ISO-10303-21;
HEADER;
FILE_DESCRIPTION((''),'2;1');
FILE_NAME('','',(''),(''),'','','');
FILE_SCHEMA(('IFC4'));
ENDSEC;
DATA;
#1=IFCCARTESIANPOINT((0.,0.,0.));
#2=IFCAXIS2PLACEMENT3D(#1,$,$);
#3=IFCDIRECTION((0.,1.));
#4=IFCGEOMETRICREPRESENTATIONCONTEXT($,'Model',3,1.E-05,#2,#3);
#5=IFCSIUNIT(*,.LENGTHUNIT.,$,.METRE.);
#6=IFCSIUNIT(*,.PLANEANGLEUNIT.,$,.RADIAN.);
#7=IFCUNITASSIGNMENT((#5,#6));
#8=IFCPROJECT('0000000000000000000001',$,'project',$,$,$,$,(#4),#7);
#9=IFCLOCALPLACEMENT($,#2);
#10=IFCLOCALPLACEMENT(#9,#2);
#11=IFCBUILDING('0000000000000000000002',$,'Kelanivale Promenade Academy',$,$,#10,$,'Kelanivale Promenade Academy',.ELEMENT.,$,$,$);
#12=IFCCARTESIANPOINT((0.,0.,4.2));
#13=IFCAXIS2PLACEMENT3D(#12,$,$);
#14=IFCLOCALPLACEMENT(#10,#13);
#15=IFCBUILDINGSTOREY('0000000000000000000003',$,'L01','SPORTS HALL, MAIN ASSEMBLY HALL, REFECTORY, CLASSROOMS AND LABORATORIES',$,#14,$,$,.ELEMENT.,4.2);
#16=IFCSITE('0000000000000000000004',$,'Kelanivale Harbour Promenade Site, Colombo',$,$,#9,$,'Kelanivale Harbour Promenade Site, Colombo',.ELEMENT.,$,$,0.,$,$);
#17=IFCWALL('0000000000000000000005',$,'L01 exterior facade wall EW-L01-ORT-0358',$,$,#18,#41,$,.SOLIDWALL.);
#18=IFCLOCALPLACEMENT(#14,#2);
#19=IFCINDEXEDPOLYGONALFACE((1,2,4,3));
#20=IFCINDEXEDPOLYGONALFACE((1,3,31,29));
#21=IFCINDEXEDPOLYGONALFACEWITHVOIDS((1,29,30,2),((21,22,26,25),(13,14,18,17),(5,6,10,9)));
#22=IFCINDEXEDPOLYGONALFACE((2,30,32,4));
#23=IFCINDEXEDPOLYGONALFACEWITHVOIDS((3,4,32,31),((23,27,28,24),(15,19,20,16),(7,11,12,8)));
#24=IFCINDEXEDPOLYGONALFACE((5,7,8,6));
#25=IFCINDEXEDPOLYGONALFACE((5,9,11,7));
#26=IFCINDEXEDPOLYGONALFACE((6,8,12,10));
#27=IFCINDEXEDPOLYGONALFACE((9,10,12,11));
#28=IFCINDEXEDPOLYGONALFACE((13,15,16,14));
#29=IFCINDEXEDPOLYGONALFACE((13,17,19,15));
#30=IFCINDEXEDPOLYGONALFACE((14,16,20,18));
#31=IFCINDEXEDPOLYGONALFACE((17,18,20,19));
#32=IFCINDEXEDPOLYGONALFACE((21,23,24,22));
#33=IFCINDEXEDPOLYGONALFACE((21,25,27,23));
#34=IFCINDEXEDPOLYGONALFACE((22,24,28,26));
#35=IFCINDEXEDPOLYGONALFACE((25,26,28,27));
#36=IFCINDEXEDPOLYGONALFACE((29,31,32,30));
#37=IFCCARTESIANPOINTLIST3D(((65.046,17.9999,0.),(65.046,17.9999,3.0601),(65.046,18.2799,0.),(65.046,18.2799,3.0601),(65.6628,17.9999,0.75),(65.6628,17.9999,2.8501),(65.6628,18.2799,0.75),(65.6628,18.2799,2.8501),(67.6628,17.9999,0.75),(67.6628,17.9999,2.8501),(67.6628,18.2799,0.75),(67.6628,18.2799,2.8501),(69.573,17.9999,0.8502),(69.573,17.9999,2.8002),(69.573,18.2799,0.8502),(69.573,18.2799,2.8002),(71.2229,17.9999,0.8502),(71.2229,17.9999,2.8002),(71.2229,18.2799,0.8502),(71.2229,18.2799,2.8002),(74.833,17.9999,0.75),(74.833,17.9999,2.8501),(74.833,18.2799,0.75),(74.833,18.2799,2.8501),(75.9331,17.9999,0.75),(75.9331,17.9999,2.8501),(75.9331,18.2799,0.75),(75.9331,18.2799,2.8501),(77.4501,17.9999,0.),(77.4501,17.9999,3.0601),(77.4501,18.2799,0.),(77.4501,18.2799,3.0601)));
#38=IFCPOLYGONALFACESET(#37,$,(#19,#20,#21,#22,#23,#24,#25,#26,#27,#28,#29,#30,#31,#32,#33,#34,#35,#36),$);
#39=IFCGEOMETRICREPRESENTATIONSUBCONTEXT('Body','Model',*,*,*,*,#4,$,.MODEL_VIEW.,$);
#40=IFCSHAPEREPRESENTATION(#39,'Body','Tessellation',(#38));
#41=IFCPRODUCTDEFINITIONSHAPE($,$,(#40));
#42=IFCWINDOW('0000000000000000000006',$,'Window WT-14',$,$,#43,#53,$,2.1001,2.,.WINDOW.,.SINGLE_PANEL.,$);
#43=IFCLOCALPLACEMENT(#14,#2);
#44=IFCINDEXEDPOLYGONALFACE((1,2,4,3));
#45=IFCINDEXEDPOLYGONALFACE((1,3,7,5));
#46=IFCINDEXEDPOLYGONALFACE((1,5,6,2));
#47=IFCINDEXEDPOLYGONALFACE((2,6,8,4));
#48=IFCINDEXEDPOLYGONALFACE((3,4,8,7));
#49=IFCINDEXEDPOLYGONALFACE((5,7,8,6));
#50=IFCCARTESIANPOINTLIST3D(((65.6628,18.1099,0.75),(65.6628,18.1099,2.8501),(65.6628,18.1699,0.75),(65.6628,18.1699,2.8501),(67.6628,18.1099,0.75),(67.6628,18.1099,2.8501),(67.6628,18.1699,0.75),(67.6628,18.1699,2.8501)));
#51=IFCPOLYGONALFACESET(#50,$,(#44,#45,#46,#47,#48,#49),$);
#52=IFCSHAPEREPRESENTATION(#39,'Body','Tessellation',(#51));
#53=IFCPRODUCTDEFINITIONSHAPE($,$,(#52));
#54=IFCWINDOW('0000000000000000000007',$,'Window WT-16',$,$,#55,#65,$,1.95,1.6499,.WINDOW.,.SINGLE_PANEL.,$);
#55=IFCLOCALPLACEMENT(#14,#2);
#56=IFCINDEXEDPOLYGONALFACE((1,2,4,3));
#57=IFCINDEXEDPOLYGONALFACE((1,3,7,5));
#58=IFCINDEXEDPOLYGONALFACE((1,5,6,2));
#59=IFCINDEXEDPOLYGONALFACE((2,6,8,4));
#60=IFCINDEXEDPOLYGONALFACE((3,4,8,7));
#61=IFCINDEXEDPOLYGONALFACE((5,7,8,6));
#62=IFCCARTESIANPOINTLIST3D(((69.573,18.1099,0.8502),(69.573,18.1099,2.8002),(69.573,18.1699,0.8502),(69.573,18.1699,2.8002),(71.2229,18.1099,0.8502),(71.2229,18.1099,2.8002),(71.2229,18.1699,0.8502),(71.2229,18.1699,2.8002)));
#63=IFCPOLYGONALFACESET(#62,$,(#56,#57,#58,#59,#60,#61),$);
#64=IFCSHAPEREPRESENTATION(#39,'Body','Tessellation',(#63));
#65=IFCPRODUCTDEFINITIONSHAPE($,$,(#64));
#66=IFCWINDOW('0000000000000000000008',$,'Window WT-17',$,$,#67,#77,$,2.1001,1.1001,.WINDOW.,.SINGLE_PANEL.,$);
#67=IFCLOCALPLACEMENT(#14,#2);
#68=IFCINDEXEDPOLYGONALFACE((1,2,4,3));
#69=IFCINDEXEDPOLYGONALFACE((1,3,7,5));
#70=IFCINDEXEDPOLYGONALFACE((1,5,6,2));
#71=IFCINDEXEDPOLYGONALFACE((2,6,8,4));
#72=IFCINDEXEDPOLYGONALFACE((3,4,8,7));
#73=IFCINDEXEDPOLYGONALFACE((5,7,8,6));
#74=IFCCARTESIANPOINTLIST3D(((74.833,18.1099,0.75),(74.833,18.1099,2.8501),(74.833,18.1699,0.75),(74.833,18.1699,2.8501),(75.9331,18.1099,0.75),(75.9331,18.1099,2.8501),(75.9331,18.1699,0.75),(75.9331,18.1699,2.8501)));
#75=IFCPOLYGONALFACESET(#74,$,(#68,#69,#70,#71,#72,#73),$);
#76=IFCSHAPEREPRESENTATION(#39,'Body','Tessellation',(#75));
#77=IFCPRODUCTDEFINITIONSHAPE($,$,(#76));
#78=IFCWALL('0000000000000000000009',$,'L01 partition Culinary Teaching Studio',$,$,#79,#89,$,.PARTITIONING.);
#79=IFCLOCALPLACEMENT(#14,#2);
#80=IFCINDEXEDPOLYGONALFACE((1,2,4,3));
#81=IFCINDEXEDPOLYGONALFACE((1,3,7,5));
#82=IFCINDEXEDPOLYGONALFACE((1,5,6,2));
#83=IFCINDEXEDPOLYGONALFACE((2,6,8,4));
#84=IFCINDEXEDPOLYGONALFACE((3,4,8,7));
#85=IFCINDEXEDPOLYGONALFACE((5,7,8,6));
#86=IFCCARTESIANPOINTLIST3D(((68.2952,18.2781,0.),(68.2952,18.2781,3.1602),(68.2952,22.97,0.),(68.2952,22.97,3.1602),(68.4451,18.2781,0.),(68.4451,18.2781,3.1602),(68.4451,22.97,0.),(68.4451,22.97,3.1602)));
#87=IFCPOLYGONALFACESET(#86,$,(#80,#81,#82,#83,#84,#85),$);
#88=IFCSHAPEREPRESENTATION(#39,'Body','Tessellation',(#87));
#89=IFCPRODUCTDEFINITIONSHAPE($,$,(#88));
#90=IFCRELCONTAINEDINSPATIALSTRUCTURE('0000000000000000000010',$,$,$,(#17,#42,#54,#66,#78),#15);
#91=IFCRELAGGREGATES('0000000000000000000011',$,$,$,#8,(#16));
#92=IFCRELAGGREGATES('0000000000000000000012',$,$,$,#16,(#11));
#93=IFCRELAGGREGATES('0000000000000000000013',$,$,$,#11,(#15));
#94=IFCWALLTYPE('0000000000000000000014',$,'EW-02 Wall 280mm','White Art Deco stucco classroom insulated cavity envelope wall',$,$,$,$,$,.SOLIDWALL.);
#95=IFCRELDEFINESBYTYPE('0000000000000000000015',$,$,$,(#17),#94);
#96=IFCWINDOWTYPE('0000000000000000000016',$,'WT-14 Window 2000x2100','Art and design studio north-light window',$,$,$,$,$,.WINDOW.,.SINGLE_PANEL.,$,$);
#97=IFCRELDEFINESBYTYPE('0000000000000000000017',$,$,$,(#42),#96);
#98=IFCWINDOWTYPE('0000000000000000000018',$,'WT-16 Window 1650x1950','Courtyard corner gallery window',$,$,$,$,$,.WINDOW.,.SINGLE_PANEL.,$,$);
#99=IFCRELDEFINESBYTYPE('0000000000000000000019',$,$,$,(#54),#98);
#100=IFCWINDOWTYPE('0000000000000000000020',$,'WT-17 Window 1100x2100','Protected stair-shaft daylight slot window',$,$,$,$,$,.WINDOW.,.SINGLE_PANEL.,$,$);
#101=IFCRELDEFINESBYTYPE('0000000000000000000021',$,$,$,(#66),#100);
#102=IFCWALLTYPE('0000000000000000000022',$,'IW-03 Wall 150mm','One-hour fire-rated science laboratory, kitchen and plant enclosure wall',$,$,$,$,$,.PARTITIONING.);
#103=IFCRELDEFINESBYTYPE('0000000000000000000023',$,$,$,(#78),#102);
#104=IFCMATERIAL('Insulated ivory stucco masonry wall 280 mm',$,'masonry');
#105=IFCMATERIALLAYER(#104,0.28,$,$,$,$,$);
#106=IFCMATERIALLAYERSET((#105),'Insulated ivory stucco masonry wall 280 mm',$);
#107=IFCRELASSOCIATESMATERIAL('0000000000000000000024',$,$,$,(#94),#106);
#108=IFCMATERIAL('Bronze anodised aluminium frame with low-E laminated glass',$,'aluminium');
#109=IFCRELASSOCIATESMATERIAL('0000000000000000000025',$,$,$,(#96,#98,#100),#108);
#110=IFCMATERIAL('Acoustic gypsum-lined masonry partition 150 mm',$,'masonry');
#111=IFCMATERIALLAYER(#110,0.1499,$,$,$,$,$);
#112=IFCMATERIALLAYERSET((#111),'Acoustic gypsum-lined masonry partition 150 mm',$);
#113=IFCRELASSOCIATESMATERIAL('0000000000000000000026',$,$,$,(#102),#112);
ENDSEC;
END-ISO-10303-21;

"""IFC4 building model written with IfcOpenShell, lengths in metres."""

from ifc_helpers import new_model, si_unit, direction, frame, frame_2d, origin, place, context, subcontext, project, spatial, rectangle, extrude, material, layer, layer_set, type_object, element, fill, save


model = new_model("IFC4")

# Units and contexts
model_context = context("Model", 3, precision=1e-05, world=origin(), true_north=direction((0.0, 1.0)))
body_context = subcontext(model_context, "Body", "Model", "MODEL_VIEW")
ifc_project = project(units=[si_unit("LENGTHUNIT", "METRE"), si_unit("PLANEANGLEUNIT", "RADIAN")], contexts=[model_context])

# Site, building, storey
site_placement = place(None, origin())
site = spatial("IfcSite", under=ifc_project, at=site_placement, Name="Kelanivale Harbour Promenade Site, Colombo", LongName="Kelanivale Harbour Promenade Site, Colombo", CompositionType="ELEMENT", RefElevation=0.0)
building_placement = place(site_placement, origin())
building = spatial("IfcBuilding", under=site, at=building_placement, Name="Kelanivale Promenade Academy", LongName="Kelanivale Promenade Academy", CompositionType="ELEMENT")
storey_placement = place(building_placement, frame((0.0, 0.0, 4.2)))
storey = spatial("IfcBuildingStorey", under=building, at=storey_placement, Name="L01", Description="SPORTS HALL, MAIN ASSEMBLY HALL, REFECTORY, CLASSROOMS AND LABORATORIES", CompositionType="ELEMENT", Elevation=4.2)

# Wall, openings, windows
ifc_material_1 = material(Name="Insulated ivory stucco masonry wall 280 mm", Category="masonry")
ifc_layer_1 = layer(ifc_material_1, 0.28)
ifc_layer_set_1 = layer_set([ifc_layer_1], Name="Insulated ivory stucco masonry wall 280 mm")
wall_type_1 = type_object("IfcWallType", Name="EW-02 Wall 280mm", Description="White Art Deco stucco classroom insulated cavity envelope wall", PredefinedType="SOLIDWALL", material=ifc_layer_set_1)
wall_1_placement = place(storey_placement, frame((65.0459, 18.1399, 0.0), z_axis=(0.0, 0.0, 1.0), x_axis=(1.0, 0.0, 0.0)))
wall_1 = element("IfcWall", 1, at=wall_1_placement, inside=storey, type_object=wall_type_1, Name="L01 exterior facade wall EW-L01-ORT-0358", PredefinedType="SOLIDWALL", context=body_context, shape_type="SweptSolid", body=[
    extrude(rectangle(XDim=12.4041, YDim=0.28, at=frame_2d((6.2021, 0.0))), origin(), (0.0, 0.0, 1.0), 3.0601),
])
opening_1_placement = place(wall_1_placement, frame((0.6169, 0.0, 0.75)))
opening_1 = element("IfcOpeningElement", 2, at=opening_1_placement, cuts=wall_1, PredefinedType="OPENING", context=body_context, shape_type="SweptSolid", body=[
    extrude(rectangle(XDim=2.0, YDim=2.1001, at=frame_2d((1.0, 1.05))), frame((0.0, 0.1499, 0.0), z_axis=(0.0, -1.0, 0.0), x_axis=(1.0, 0.0, 0.0)), (0.0, 0.0, 1.0), 0.3),
])
opening_2_placement = place(wall_1_placement, frame((4.5271, 0.0, 0.8501)))
opening_2 = element("IfcOpeningElement", 3, at=opening_2_placement, cuts=wall_1, PredefinedType="OPENING", context=body_context, shape_type="SweptSolid", body=[
    extrude(rectangle(XDim=1.6499, YDim=1.95, at=frame_2d((0.825, 0.9751))), frame((0.0, 0.1499, 0.0), z_axis=(0.0, -1.0, 0.0), x_axis=(1.0, 0.0, 0.0)), (0.0, 0.0, 1.0), 0.3),
])
opening_3_placement = place(wall_1_placement, frame((9.7871, 0.0, 0.75)))
opening_3 = element("IfcOpeningElement", 4, at=opening_3_placement, cuts=wall_1, PredefinedType="OPENING", context=body_context, shape_type="SweptSolid", body=[
    extrude(rectangle(XDim=1.1001, YDim=2.1001, at=frame_2d((0.55, 1.05))), frame((0.0, 0.1499, 0.0), z_axis=(0.0, -1.0, 0.0), x_axis=(1.0, 0.0, 0.0)), (0.0, 0.0, 1.0), 0.3),
])
ifc_material_2 = material(Name="Bronze anodised aluminium frame with low-E laminated glass", Category="aluminium")
window_type_1 = type_object("IfcWindowType", Name="WT-14 Window 2000x2100", Description="Art and design studio north-light window", PartitioningType="SINGLE_PANEL", PredefinedType="WINDOW", material=ifc_material_2)
window_1_placement = place(opening_1_placement, origin())
window_1 = element("IfcWindow", 5, at=window_1_placement, inside=storey, type_object=window_type_1, Name="Window WT-14", OverallHeight=2.1001, OverallWidth=2.0, PartitioningType="SINGLE_PANEL", PredefinedType="WINDOW", context=body_context, shape_type="SweptSolid", body=[
    extrude(rectangle(XDim=2.0, YDim=2.1001, at=frame_2d((1.0, 1.05))), frame((0.0, 0.03, 0.0), z_axis=(0.0, -1.0, 0.0), x_axis=(1.0, 0.0, 0.0)), (0.0, 0.0, 1.0), 0.0601),
])
fill(opening_1, window_1)
window_type_2 = type_object("IfcWindowType", Name="WT-16 Window 1650x1950", Description="Courtyard corner gallery window", PartitioningType="SINGLE_PANEL", PredefinedType="WINDOW", material=ifc_material_2)
window_2_placement = place(opening_2_placement, origin())
window_2 = element("IfcWindow", 6, at=window_2_placement, inside=storey, type_object=window_type_2, Name="Window WT-16", OverallHeight=1.95, OverallWidth=1.6499, PartitioningType="SINGLE_PANEL", PredefinedType="WINDOW", context=body_context, shape_type="SweptSolid", body=[
    extrude(rectangle(XDim=1.6499, YDim=1.95, at=frame_2d((0.825, 0.9751))), frame((0.0, 0.03, 0.0), z_axis=(0.0, -1.0, 0.0), x_axis=(1.0, 0.0, 0.0)), (0.0, 0.0, 1.0), 0.0601),
])
fill(opening_2, window_2)
window_type_3 = type_object("IfcWindowType", Name="WT-17 Window 1100x2100", Description="Protected stair-shaft daylight slot window", PartitioningType="SINGLE_PANEL", PredefinedType="WINDOW", material=ifc_material_2)
window_3_placement = place(opening_3_placement, origin())
window_3 = element("IfcWindow", 7, at=window_3_placement, inside=storey, type_object=window_type_3, Name="Window WT-17", OverallHeight=2.1001, OverallWidth=1.1001, PartitioningType="SINGLE_PANEL", PredefinedType="WINDOW", context=body_context, shape_type="SweptSolid", body=[
    extrude(rectangle(XDim=1.1001, YDim=2.1001, at=frame_2d((0.55, 1.05))), frame((0.0, 0.03, 0.0), z_axis=(0.0, -1.0, 0.0), x_axis=(1.0, 0.0, 0.0)), (0.0, 0.0, 1.0), 0.0601),
])
fill(opening_3, window_3)

# Wall
ifc_material_3 = material(Name="Acoustic gypsum-lined masonry partition 150 mm", Category="masonry")
ifc_layer_2 = layer(ifc_material_3, 0.1499)
ifc_layer_set_2 = layer_set([ifc_layer_2], Name="Acoustic gypsum-lined masonry partition 150 mm")
wall_type_2 = type_object("IfcWallType", Name="IW-03 Wall 150mm", Description="One-hour fire-rated science laboratory, kitchen and plant enclosure wall", PredefinedType="PARTITIONING", material=ifc_layer_set_2)
wall_2_placement = place(storey_placement, frame((68.3701, 18.2781, 0.0), z_axis=(0.0, 0.0, 1.0), x_axis=(0.0, 1.0, 0.0)))
element("IfcWall", 8, at=wall_2_placement, inside=storey, type_object=wall_type_2, Name="L01 partition Culinary Teaching Studio", PredefinedType="PARTITIONING", context=body_context, shape_type="SweptSolid", body=[
    extrude(rectangle(XDim=4.6919, YDim=0.1499, at=frame_2d((2.3459, 0.0))), origin(), (0.0, 0.0, 1.0), 3.1602),
])

save(model, "model.ifc")
